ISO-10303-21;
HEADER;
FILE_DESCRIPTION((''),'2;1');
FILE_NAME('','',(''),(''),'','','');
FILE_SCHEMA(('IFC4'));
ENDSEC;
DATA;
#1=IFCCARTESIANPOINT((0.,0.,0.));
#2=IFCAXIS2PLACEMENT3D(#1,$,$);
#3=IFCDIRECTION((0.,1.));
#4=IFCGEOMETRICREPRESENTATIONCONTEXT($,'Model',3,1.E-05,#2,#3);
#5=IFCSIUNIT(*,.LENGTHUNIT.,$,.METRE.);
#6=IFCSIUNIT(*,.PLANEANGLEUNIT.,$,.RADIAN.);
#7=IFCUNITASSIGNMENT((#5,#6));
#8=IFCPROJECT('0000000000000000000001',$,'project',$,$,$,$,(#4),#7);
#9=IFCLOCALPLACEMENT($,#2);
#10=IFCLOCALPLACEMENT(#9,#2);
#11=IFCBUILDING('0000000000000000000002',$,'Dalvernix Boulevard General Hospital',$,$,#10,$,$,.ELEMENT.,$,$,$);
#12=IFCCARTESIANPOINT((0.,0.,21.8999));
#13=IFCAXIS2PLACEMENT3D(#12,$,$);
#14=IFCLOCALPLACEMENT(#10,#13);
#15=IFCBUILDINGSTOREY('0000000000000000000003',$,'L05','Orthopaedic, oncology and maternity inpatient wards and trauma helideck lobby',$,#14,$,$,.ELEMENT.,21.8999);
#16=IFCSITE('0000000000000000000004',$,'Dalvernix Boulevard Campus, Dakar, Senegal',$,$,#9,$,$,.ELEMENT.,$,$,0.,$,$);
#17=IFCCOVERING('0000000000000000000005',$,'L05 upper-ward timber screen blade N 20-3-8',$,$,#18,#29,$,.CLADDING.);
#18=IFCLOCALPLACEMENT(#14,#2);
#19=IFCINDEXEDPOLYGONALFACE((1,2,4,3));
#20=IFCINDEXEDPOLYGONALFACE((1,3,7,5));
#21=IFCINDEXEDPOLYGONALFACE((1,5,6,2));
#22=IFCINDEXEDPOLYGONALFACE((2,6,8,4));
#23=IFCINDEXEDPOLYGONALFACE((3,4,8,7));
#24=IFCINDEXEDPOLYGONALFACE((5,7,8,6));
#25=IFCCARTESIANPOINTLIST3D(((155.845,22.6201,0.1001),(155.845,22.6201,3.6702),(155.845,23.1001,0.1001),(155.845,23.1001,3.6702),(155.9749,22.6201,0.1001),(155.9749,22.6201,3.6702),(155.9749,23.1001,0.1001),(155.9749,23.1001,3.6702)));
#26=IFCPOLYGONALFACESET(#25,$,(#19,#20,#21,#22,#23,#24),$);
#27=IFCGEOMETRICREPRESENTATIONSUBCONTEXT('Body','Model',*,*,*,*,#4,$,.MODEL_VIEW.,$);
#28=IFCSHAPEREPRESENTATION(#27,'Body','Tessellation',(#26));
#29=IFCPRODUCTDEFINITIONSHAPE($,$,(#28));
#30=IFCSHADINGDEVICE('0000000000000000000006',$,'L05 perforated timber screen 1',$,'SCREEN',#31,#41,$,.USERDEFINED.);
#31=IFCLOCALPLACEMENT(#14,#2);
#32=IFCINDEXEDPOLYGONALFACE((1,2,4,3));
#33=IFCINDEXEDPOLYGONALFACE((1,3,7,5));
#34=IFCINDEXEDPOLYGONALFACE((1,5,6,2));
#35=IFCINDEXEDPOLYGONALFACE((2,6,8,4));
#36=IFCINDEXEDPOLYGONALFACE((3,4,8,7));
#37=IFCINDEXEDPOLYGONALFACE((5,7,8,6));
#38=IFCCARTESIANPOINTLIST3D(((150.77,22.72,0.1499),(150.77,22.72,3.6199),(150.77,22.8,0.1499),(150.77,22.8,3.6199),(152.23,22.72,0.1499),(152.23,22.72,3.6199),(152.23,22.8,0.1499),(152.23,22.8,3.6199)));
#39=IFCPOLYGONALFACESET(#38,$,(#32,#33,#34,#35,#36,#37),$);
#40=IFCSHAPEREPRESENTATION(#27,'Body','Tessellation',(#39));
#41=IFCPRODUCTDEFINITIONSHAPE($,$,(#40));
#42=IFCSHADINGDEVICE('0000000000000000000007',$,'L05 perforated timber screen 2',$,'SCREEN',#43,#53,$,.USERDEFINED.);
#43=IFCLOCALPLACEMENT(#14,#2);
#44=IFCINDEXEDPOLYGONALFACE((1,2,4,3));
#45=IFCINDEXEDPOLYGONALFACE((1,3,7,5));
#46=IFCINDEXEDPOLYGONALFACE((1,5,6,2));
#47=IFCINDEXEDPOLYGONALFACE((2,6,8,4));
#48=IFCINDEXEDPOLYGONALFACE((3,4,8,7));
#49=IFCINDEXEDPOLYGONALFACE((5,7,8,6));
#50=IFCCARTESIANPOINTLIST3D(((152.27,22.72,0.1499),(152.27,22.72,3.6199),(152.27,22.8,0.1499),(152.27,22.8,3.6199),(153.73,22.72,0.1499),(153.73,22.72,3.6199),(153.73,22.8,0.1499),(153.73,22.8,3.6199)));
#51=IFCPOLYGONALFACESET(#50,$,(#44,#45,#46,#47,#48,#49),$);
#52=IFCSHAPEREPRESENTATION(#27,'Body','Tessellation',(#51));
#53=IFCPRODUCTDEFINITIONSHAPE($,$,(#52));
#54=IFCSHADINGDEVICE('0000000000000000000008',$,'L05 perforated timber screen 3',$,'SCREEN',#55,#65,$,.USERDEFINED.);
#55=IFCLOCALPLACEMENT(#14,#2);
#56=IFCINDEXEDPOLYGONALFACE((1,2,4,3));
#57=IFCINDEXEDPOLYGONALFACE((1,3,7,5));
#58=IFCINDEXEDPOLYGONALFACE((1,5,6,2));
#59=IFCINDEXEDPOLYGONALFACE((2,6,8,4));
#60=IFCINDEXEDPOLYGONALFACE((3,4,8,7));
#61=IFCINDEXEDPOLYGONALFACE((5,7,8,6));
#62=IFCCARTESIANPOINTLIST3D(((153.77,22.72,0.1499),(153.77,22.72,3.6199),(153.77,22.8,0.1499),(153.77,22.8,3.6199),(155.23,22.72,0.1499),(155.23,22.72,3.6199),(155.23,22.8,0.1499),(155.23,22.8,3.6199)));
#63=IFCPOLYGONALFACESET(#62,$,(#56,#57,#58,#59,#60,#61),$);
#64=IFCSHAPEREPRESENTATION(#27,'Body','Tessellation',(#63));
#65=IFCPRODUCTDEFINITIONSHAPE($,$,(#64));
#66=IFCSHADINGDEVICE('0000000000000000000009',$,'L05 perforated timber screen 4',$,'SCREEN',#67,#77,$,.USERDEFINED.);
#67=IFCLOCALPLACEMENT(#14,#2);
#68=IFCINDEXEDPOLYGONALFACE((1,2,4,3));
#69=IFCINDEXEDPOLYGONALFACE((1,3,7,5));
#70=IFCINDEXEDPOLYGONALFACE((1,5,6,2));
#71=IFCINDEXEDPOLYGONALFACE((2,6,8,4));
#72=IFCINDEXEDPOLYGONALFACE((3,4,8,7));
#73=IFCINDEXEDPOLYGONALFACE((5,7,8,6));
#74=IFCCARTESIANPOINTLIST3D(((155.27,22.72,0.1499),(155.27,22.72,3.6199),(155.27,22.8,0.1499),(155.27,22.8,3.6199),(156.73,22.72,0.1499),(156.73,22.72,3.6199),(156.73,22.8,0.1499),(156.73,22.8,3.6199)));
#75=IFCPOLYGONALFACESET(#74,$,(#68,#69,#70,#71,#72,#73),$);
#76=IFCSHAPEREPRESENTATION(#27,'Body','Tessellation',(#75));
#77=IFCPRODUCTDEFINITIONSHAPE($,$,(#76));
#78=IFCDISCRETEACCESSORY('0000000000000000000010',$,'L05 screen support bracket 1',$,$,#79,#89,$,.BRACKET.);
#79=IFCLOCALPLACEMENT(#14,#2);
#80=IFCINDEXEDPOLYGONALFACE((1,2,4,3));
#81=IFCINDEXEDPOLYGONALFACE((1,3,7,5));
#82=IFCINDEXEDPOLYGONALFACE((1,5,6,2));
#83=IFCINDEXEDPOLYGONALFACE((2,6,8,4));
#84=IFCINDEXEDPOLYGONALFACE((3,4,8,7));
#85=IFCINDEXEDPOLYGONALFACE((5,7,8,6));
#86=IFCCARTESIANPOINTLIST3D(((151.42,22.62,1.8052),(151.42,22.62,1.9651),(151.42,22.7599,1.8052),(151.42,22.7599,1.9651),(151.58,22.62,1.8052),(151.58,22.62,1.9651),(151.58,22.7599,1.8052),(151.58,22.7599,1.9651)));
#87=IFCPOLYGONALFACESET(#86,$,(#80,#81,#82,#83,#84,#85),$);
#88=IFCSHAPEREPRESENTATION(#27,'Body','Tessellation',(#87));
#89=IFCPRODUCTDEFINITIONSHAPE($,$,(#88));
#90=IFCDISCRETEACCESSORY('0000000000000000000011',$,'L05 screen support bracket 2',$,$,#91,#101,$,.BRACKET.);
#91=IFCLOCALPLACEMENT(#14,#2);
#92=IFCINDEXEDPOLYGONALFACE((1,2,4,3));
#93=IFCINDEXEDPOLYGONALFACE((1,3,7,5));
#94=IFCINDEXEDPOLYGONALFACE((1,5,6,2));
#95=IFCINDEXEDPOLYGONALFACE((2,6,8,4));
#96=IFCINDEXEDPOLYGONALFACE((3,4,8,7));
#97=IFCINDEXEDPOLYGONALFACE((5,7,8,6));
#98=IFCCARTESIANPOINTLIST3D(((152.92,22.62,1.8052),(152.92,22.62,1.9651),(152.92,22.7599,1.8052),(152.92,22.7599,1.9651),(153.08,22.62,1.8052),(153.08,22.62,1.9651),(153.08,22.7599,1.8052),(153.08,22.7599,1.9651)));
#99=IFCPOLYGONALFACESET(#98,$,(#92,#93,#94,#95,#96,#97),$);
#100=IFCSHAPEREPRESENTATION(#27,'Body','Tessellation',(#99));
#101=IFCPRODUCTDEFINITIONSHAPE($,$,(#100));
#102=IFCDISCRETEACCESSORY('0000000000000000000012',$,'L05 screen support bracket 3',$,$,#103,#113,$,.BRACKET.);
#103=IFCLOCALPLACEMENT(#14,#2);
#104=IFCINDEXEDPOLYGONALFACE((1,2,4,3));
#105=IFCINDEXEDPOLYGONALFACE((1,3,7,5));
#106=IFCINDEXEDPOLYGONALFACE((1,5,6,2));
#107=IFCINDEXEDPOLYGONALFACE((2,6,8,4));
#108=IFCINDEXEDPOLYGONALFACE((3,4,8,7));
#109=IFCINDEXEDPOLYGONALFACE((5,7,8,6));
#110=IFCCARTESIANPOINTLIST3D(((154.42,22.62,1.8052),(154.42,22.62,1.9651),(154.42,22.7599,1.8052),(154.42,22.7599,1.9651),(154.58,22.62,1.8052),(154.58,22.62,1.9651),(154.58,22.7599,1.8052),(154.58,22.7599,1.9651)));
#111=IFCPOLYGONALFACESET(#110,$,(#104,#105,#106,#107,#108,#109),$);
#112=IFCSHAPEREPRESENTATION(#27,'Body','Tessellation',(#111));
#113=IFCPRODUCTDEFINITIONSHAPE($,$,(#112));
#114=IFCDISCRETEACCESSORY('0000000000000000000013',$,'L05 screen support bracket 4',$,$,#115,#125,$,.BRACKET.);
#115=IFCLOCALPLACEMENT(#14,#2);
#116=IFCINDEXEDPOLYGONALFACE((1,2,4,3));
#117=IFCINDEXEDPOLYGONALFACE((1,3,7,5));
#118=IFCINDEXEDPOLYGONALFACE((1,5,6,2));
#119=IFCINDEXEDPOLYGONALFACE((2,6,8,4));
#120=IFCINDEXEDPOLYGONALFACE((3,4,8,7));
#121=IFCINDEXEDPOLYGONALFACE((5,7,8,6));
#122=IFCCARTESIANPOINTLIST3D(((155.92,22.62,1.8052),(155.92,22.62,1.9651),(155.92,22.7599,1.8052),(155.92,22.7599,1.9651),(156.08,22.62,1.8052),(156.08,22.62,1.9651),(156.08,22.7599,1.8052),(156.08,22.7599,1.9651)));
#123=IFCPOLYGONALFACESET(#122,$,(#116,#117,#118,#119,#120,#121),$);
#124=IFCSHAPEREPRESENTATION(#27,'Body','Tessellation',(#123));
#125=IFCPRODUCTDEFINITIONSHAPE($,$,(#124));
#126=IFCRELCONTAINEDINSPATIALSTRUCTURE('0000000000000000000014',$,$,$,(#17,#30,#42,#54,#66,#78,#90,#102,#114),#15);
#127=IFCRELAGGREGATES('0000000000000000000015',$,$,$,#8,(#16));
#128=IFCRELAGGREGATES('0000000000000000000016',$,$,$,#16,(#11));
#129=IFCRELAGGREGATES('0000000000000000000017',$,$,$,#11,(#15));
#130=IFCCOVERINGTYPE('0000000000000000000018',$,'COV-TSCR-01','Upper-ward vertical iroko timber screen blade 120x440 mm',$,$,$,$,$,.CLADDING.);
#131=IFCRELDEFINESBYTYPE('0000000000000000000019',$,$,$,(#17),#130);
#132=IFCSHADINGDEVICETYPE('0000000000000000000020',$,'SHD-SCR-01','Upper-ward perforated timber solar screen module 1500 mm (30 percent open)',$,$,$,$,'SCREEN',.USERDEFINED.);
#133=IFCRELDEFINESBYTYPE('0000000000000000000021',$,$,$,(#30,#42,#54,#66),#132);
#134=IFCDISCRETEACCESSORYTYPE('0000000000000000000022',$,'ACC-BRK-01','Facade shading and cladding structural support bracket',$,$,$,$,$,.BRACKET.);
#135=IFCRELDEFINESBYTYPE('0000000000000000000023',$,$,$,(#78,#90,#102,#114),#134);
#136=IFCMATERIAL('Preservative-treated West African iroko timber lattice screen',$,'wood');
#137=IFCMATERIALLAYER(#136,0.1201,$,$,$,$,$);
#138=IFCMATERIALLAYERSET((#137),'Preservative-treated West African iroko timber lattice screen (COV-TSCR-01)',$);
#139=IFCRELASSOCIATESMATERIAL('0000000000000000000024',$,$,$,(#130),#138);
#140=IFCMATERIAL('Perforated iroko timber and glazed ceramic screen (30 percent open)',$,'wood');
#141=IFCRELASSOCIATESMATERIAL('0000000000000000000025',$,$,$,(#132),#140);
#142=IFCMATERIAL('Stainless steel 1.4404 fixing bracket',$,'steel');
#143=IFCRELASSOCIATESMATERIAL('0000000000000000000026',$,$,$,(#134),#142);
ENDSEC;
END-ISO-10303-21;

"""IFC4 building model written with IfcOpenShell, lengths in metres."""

from ifc_helpers import new_model, si_unit, direction, frame, origin, origin_2d, place, context, subcontext, project, spatial, rectangle, extrude, material, layer, layer_set, type_object, element, save


model = new_model("IFC4")

# Units and contexts
model_context = context("Model", 3, precision=1e-05, world=origin(), true_north=direction((0.0, 1.0)))
body_context = subcontext(model_context, "Body", "Model", "MODEL_VIEW")
ifc_project = project(units=[si_unit("LENGTHUNIT", "METRE"), si_unit("PLANEANGLEUNIT", "RADIAN")], contexts=[model_context])

# Site, building, storey
site_placement = place(None, origin())
site = spatial("IfcSite", under=ifc_project, at=site_placement, Name="Dalvernix Boulevard Campus, Dakar, Senegal", CompositionType="ELEMENT", RefElevation=0.0)
building_placement = place(site_placement, origin())
building = spatial("IfcBuilding", under=site, at=building_placement, Name="Dalvernix Boulevard General Hospital", CompositionType="ELEMENT")
storey_placement = place(building_placement, frame((0.0, 0.0, 21.8999)))
storey = spatial("IfcBuildingStorey", under=building, at=storey_placement, Name="L05", Description="Orthopaedic, oncology and maternity inpatient wards and trauma helideck lobby", CompositionType="ELEMENT", Elevation=21.8999)

# Covering
ifc_material_1 = material(Name="Preservative-treated West African iroko timber lattice screen", Category="wood")
ifc_layer_1 = layer(ifc_material_1, 0.1201)
ifc_layer_set_1 = layer_set([ifc_layer_1], Name="Preservative-treated West African iroko timber lattice screen (COV-TSCR-01)")
covering_type_1 = type_object("IfcCoveringType", Name="COV-TSCR-01", Description="Upper-ward vertical iroko timber screen blade 120x440 mm", PredefinedType="CLADDING", material=ifc_layer_set_1)
for number, where, z_axis, x_axis, name in (
    (1, (155.9099, 22.8601, 0.1001), (0.0, 0.0, 1.0), (1.0, 0.0, 0.0), "L05 upper-ward timber screen blade N 20-3-8"),
):
    element("IfcCovering", number, at=place(storey_placement, frame(where, z_axis=z_axis, x_axis=x_axis)), inside=storey, type_object=covering_type_1, Name=name, PredefinedType="CLADDING", context=body_context, shape_type="SweptSolid", body=[
        extrude(rectangle(XDim=0.1299, YDim=0.48, at=origin_2d()), origin(), (0.0, 0.0, 1.0), 3.5701),
    ])

# Shading devices
ifc_material_2 = material(Name="Perforated iroko timber and glazed ceramic screen (30 percent open)", Category="wood")
shading_device_type = type_object("IfcShadingDeviceType", Name="SHD-SCR-01", Description="Upper-ward perforated timber solar screen module 1500 mm (30 percent open)", ElementType="SCREEN", PredefinedType="USERDEFINED", material=ifc_material_2)
for number, where, z_axis, x_axis, name in (
    (2, (151.5, 22.76, 0.1499), (0.0, 0.0, 1.0), (1.0, 0.0, 0.0), "L05 perforated timber screen 1"),
    (3, (153.0, 22.76, 0.1499), (0.0, 0.0, 1.0), (1.0, 0.0, 0.0), "L05 perforated timber screen 2"),
    (4, (154.5, 22.76, 0.1499), (0.0, 0.0, 1.0), (1.0, 0.0, 0.0), "L05 perforated timber screen 3"),
    (5, (156.0, 22.76, 0.1499), (0.0, 0.0, 1.0), (1.0, 0.0, 0.0), "L05 perforated timber screen 4"),
):
    element("IfcShadingDevice", number, at=place(storey_placement, frame(where, z_axis=z_axis, x_axis=x_axis)), inside=storey, type_object=shading_device_type, Name=name, ObjectType="SCREEN", PredefinedType="USERDEFINED", context=body_context, shape_type="SweptSolid", body=[
        extrude(rectangle(XDim=1.46, YDim=0.0801, at=origin_2d()), origin(), (0.0, 0.0, 1.0), 3.47),
    ])

# Discrete accessories
ifc_material_3 = material(Name="Stainless steel 1.4404 fixing bracket", Category="steel")
discrete_accessory_type = type_object("IfcDiscreteAccessoryType", Name="ACC-BRK-01", Description="Facade shading and cladding structural support bracket", PredefinedType="BRACKET", material=ifc_material_3)
for number, where, z_axis, x_axis, name in (
    (6, (151.5, 22.6899, 1.8052), (0.0, 0.0, 1.0), (1.0, 0.0, 0.0), "L05 screen support bracket 1"),
    (7, (153.0, 22.6899, 1.8052), (0.0, 0.0, 1.0), (1.0, 0.0, 0.0), "L05 screen support bracket 2"),
    (8, (154.5, 22.6899, 1.8052), (0.0, 0.0, 1.0), (1.0, 0.0, 0.0), "L05 screen support bracket 3"),
    (9, (156.0, 22.6899, 1.8052), (0.0, 0.0, 1.0), (1.0, 0.0, 0.0), "L05 screen support bracket 4"),
):
    element("IfcDiscreteAccessory", number, at=place(storey_placement, frame(where, z_axis=z_axis, x_axis=x_axis)), inside=storey, type_object=discrete_accessory_type, Name=name, PredefinedType="BRACKET", context=body_context, shape_type="SweptSolid", body=[
        extrude(rectangle(XDim=0.1599, YDim=0.1399, at=origin_2d()), origin(), (0.0, 0.0, 1.0), 0.1599),
    ])

save(model, "model.ifc")
